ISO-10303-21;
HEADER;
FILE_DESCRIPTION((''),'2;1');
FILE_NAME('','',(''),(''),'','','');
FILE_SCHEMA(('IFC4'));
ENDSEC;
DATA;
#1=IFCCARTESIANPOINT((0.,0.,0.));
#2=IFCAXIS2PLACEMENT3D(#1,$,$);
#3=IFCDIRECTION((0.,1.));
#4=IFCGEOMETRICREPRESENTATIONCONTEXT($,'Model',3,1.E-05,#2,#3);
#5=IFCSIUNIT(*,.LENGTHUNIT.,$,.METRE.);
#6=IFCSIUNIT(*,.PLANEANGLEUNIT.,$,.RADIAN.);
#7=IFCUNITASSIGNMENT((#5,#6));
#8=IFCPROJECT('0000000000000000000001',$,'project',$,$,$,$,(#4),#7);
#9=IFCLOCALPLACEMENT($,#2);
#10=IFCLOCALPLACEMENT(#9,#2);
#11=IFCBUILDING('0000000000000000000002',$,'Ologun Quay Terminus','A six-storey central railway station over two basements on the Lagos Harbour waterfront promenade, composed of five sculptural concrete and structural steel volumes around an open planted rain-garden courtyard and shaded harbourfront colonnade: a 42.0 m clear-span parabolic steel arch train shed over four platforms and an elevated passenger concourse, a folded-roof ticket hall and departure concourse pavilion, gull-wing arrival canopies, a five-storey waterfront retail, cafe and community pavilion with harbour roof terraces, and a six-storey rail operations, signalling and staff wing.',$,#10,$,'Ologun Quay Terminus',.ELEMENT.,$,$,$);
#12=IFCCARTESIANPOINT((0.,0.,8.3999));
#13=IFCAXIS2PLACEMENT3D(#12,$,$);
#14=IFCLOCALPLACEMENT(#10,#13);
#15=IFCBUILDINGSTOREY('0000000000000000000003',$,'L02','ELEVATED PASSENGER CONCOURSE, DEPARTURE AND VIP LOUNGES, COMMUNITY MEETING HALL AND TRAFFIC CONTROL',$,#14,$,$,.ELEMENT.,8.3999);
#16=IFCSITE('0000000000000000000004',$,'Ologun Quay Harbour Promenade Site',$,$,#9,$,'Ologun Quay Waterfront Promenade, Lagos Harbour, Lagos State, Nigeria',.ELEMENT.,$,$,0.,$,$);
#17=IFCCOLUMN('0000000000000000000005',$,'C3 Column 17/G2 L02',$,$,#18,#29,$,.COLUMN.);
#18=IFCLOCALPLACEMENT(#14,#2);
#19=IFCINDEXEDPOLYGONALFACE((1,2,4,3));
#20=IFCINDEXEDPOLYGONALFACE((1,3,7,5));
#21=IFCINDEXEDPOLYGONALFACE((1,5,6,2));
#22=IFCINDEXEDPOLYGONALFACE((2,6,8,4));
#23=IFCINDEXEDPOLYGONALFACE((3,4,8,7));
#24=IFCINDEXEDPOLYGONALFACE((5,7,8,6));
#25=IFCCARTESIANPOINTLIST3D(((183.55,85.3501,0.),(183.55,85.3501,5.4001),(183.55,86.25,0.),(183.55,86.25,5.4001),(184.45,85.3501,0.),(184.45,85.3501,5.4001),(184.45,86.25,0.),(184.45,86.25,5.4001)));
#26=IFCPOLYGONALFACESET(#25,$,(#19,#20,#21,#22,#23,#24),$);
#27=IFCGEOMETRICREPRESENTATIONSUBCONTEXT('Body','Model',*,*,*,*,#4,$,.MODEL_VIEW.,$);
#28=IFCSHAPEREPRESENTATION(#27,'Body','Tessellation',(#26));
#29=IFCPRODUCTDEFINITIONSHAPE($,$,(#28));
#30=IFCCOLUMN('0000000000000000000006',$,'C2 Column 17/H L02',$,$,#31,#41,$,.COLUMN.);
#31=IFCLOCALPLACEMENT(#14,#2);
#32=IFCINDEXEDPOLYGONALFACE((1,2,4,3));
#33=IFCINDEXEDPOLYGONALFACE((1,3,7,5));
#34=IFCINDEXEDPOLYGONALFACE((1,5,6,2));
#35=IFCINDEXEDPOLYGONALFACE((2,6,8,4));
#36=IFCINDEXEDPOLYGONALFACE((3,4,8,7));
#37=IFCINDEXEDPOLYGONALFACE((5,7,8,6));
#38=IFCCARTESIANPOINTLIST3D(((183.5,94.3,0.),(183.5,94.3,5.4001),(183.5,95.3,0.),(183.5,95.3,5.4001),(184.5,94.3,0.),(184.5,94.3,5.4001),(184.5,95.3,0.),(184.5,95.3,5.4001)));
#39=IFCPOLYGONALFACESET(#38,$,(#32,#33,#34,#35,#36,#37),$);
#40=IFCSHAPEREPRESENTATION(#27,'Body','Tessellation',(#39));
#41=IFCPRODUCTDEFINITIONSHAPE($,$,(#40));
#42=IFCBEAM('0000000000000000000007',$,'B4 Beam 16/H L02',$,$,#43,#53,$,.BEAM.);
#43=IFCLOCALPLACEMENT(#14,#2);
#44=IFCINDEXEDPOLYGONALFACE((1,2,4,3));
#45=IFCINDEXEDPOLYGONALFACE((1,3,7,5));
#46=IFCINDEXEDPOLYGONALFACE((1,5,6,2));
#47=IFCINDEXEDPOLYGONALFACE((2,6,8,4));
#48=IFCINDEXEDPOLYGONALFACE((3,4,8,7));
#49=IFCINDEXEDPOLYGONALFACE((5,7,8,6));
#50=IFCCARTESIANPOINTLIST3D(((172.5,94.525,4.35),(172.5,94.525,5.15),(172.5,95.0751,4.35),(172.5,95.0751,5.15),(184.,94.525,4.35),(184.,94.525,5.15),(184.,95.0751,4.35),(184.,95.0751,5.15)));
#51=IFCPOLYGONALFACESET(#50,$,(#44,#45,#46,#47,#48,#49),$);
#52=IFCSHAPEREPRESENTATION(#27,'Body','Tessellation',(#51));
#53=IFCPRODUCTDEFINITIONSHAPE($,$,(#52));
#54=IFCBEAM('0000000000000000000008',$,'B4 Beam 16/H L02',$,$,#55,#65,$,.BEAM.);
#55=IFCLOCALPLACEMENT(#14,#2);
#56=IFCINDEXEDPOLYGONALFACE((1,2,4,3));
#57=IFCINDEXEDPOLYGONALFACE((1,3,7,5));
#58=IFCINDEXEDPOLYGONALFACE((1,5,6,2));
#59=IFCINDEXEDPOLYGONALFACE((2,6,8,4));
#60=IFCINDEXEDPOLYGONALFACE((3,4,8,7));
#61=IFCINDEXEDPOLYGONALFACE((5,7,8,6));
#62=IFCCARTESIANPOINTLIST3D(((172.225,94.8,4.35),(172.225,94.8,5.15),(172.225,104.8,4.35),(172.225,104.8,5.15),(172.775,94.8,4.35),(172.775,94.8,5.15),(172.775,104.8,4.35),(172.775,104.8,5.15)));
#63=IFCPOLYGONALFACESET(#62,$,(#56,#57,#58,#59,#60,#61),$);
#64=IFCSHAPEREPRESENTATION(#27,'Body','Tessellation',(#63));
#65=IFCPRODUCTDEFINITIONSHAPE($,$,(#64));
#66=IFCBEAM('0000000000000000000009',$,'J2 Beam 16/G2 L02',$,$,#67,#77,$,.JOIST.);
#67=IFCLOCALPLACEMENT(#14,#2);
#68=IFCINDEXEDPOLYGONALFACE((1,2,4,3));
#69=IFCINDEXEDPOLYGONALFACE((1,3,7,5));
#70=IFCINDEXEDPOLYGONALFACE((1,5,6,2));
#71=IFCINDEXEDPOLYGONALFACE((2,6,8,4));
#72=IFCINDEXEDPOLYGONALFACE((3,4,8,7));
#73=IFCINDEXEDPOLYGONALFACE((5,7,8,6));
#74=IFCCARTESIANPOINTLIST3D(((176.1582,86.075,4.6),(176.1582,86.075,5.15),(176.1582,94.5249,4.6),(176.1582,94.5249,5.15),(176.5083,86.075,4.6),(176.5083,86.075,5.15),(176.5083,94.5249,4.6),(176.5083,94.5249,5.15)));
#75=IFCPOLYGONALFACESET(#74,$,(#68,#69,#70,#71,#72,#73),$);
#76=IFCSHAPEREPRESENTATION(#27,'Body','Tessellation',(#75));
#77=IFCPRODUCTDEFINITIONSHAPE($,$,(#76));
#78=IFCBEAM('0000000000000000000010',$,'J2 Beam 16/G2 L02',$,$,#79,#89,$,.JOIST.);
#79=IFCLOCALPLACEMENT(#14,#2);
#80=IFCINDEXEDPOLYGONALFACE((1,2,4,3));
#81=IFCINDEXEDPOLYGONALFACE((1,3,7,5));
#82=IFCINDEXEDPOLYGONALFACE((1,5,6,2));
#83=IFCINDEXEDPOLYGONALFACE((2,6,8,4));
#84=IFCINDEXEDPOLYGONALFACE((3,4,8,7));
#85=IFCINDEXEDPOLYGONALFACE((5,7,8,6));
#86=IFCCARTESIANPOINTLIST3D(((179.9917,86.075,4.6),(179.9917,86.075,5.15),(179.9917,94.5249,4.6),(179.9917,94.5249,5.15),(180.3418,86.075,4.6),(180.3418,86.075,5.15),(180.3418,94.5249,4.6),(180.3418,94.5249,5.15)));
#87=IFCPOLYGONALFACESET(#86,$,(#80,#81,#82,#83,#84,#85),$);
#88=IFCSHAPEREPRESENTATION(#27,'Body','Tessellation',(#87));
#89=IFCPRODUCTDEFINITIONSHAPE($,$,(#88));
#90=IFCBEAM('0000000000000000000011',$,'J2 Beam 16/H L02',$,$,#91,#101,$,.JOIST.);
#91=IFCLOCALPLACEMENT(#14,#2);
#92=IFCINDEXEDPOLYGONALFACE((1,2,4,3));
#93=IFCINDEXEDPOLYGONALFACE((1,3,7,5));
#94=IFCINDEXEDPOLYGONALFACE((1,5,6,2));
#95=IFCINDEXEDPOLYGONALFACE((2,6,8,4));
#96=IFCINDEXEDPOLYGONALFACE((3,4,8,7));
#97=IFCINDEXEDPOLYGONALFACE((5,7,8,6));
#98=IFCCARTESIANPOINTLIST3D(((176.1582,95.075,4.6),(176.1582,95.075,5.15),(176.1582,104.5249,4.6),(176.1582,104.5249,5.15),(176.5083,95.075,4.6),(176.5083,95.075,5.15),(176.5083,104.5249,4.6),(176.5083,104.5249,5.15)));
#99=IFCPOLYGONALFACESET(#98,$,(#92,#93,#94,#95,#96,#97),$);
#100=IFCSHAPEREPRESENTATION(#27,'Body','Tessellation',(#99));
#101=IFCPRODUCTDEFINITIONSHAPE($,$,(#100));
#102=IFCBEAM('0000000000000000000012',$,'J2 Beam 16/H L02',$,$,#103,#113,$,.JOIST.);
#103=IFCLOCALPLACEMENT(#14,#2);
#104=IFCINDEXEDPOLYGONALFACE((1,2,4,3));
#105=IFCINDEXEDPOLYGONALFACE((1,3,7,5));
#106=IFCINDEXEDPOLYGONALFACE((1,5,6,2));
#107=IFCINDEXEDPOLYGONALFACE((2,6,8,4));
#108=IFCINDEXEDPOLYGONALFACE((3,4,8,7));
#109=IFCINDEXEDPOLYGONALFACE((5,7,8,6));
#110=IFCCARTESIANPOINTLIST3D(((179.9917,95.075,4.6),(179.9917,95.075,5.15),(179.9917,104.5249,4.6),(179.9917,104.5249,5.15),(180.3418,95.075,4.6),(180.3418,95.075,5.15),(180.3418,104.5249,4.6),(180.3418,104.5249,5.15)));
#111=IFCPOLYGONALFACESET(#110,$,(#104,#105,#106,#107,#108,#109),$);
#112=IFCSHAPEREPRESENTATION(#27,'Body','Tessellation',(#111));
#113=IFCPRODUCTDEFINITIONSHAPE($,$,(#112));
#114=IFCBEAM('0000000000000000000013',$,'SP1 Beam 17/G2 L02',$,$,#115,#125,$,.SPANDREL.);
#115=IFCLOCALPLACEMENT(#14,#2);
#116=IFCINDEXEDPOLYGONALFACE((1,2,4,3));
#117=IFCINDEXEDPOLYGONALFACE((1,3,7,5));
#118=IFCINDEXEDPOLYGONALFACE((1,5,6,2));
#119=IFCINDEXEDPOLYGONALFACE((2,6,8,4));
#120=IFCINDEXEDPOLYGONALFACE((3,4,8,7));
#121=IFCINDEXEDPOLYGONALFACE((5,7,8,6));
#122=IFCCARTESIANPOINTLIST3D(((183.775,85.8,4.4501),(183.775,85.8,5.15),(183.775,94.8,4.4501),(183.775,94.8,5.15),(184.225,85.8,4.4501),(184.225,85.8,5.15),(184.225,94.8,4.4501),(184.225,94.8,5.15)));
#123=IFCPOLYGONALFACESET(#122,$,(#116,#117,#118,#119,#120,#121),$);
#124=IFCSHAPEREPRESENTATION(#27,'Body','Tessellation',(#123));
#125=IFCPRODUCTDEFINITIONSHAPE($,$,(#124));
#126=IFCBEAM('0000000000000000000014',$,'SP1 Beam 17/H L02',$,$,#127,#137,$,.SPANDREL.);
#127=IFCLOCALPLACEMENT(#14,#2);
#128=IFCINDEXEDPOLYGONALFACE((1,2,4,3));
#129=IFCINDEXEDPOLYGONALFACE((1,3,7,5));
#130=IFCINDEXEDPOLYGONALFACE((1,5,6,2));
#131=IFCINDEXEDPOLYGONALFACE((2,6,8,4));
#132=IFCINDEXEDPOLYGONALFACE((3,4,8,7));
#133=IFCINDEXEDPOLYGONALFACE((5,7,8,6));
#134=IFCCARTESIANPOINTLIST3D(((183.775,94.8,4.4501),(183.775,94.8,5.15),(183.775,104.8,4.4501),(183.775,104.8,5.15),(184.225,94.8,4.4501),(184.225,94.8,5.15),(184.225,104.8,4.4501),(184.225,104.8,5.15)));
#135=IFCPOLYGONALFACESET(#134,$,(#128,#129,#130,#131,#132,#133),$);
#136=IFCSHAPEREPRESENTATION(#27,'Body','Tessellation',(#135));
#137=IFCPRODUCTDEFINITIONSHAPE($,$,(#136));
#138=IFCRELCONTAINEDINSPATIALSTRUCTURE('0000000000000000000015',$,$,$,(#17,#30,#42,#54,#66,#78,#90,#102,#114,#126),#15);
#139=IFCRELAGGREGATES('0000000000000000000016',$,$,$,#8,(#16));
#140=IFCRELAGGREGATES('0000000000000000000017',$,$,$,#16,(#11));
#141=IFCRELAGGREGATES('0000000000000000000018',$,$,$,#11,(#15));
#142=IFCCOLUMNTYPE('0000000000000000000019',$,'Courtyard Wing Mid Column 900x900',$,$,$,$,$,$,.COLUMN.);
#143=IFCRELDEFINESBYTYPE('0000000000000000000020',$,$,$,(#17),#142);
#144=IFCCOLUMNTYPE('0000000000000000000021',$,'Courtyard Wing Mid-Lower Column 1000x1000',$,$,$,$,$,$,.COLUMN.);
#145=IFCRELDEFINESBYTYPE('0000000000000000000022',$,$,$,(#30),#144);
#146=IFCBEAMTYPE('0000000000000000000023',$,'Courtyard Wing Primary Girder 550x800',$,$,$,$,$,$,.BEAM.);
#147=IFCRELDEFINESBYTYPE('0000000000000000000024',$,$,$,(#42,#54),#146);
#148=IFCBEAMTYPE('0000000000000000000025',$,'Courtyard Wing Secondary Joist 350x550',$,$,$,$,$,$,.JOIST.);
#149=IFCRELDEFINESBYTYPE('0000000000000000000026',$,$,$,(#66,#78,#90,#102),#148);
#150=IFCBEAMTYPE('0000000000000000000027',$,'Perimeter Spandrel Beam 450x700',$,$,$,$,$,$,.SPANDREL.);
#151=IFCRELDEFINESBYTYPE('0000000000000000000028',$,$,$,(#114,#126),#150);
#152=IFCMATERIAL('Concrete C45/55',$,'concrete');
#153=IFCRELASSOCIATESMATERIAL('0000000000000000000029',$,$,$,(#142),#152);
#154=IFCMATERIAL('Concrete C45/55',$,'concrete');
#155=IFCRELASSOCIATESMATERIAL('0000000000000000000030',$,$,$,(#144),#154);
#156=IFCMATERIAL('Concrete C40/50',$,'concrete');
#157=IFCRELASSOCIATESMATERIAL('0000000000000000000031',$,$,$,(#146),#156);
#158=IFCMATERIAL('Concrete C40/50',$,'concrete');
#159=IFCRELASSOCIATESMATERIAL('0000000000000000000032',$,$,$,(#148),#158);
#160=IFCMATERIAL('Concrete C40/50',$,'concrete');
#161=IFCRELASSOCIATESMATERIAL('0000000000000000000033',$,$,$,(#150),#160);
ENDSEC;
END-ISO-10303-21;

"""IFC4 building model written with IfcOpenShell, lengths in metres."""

from ifc_helpers import new_model, si_unit, direction, frame, origin, origin_2d, place, context, subcontext, project, spatial, rectangle, extrude, material, material_profile, profile_set, type_object, element, save


model = new_model("IFC4")

# Units and contexts
model_context = context("Model", 3, precision=1e-05, world=origin(), true_north=direction((0.0, 1.0)))
body_context = subcontext(model_context, "Body", "Model", "MODEL_VIEW")
ifc_project = project(units=[si_unit("LENGTHUNIT", "METRE"), si_unit("PLANEANGLEUNIT", "RADIAN")], contexts=[model_context])

# Site, building, storey
site_placement = place(None, origin())
site = spatial("IfcSite", under=ifc_project, at=site_placement, Name="Ologun Quay Harbour Promenade Site", LongName="Ologun Quay Waterfront Promenade, Lagos Harbour, Lagos State, Nigeria", CompositionType="ELEMENT", RefElevation=0.0)
building_placement = place(site_placement, origin())
building = spatial("IfcBuilding", under=site, at=building_placement, Name="Ologun Quay Terminus", Description="A six-storey central railway station over two basements on the Lagos Harbour waterfront promenade, composed of five sculptural concrete and structural steel volumes around an open planted rain-garden courtyard and shaded harbourfront colonnade: a 42.0 m clear-span parabolic steel arch train shed over four platforms and an elevated passenger concourse, a folded-roof ticket hall and departure concourse pavilion, gull-wing arrival canopies, a five-storey waterfront retail, cafe and community pavilion with harbour roof terraces, and a six-storey rail operations, signalling and staff wing.", LongName="Ologun Quay Terminus", CompositionType="ELEMENT")
storey_placement = place(building_placement, frame((0.0, 0.0, 8.3999)))
storey = spatial("IfcBuildingStorey", under=building, at=storey_placement, Name="L02", Description="ELEVATED PASSENGER CONCOURSE, DEPARTURE AND VIP LOUNGES, COMMUNITY MEETING HALL AND TRAFFIC CONTROL", CompositionType="ELEMENT", Elevation=8.3999)

# Columns
ifc_material_1 = material(Name="Concrete C45/55", Category="concrete")
ifc_material_profile_1 = material_profile(ifc_material_1, rectangle(XDim=0.8999, YDim=0.8999, at=origin_2d()), Name="RC 900x900")
ifc_profile_set_1 = profile_set([ifc_material_profile_1], Name="Concrete C45/55")
column_type_1 = type_object("IfcColumnType", Name="Courtyard Wing Mid Column 900x900", PredefinedType="COLUMN", material=ifc_profile_set_1)
column_1_placement = place(storey_placement, frame((184.0, 85.8, 0.0), z_axis=(0.0, 0.0, 1.0), x_axis=(1.0, 0.0, 0.0)))
element("IfcColumn", 1, at=column_1_placement, inside=storey, type_object=column_type_1, Name="C3 Column 17/G2 L02", PredefinedType="COLUMN", context=body_context, shape_type="SweptSolid", body=[
    extrude(rectangle(XDim=0.8999, YDim=0.8999, at=origin_2d()), origin(), (0.0, 0.0, 1.0), 5.4001),
])
ifc_material_2 = material(Name="Concrete C45/55", Category="concrete")
ifc_material_profile_2 = material_profile(ifc_material_2, rectangle(XDim=1.0, YDim=1.0, at=origin_2d()), Name="RC 1000x1000")
ifc_profile_set_2 = profile_set([ifc_material_profile_2], Name="Concrete C45/55")
column_type_2 = type_object("IfcColumnType", Name="Courtyard Wing Mid-Lower Column 1000x1000", PredefinedType="COLUMN", material=ifc_profile_set_2)
column_2_placement = place(storey_placement, frame((184.0, 94.8, 0.0), z_axis=(0.0, 0.0, 1.0), x_axis=(1.0, 0.0, 0.0)))
element("IfcColumn", 2, at=column_2_placement, inside=storey, type_object=column_type_2, Name="C2 Column 17/H L02", PredefinedType="COLUMN", context=body_context, shape_type="SweptSolid", body=[
    extrude(rectangle(XDim=1.0, YDim=1.0, at=origin_2d()), origin(), (0.0, 0.0, 1.0), 5.4001),
])

# Beams
ifc_material_3 = material(Name="Concrete C40/50", Category="concrete")
ifc_material_profile_3 = material_profile(ifc_material_3, rectangle(XDim=0.55, YDim=0.8, at=origin_2d()), Name="RC 550x800")
ifc_profile_set_3 = profile_set([ifc_material_profile_3], Name="Concrete C40/50")
beam_type_1 = type_object("IfcBeamType", Name="Courtyard Wing Primary Girder 550x800", PredefinedType="BEAM", material=ifc_profile_set_3)
beam_1_placement = place(storey_placement, frame((172.5, 94.8, 4.75), z_axis=(1.0, 0.0, 0.0), x_axis=(0.0, 1.0, 0.0)))
element("IfcBeam", 3, at=beam_1_placement, inside=storey, type_object=beam_type_1, Name="B4 Beam 16/H L02", PredefinedType="BEAM", context=body_context, shape_type="SweptSolid", body=[
    extrude(rectangle(XDim=0.55, YDim=0.8, at=origin_2d()), origin(), (0.0, 0.0, 1.0), 11.5),
])
beam_2_placement = place(storey_placement, frame((172.5, 94.8, 4.75), z_axis=(0.0, 1.0, 0.0), x_axis=(-1.0, 0.0, 0.0)))
element("IfcBeam", 4, at=beam_2_placement, inside=storey, type_object=beam_type_1, Name="B4 Beam 16/H L02", PredefinedType="BEAM", context=body_context, shape_type="SweptSolid", body=[
    extrude(rectangle(XDim=0.55, YDim=0.8, at=origin_2d()), origin(), (0.0, 0.0, 1.0), 10.0),
])
ifc_material_4 = material(Name="Concrete C40/50", Category="concrete")
ifc_material_profile_4 = material_profile(ifc_material_4, rectangle(XDim=0.3501, YDim=0.55, at=origin_2d()), Name="RC 350x550")
ifc_profile_set_4 = profile_set([ifc_material_profile_4], Name="Concrete C40/50")
beam_type_2 = type_object("IfcBeamType", Name="Courtyard Wing Secondary Joist 350x550", PredefinedType="JOIST", material=ifc_profile_set_4)
for number, where, z_axis, x_axis, name in (
    (5, (176.3333, 86.075, 4.875), (0.0, 1.0, 0.0), (-1.0, 0.0, 0.0), "J2 Beam 16/G2 L02"),
    (6, (180.1667, 86.075, 4.875), (0.0, 1.0, 0.0), (-1.0, 0.0, 0.0), "J2 Beam 16/G2 L02"),
):
    element("IfcBeam", number, at=place(storey_placement, frame(where, z_axis=z_axis, x_axis=x_axis)), inside=storey, type_object=beam_type_2, Name=name, PredefinedType="JOIST", context=body_context, shape_type="SweptSolid", body=[
        extrude(rectangle(XDim=0.3501, YDim=0.55, at=origin_2d()), origin(), (0.0, 0.0, 1.0), 8.45),
    ])
for number, where, z_axis, x_axis, name in (
    (7, (176.3333, 95.075, 4.875), (0.0, 1.0, 0.0), (-1.0, 0.0, 0.0), "J2 Beam 16/H L02"),
    (8, (180.1667, 95.075, 4.875), (0.0, 1.0, 0.0), (-1.0, 0.0, 0.0), "J2 Beam 16/H L02"),
):
    element("IfcBeam", number, at=place(storey_placement, frame(where, z_axis=z_axis, x_axis=x_axis)), inside=storey, type_object=beam_type_2, Name=name, PredefinedType="JOIST", context=body_context, shape_type="SweptSolid", body=[
        extrude(rectangle(XDim=0.3501, YDim=0.55, at=origin_2d()), origin(), (0.0, 0.0, 1.0), 9.45),
    ])
ifc_material_5 = material(Name="Concrete C40/50", Category="concrete")
ifc_material_profile_5 = material_profile(ifc_material_5, rectangle(XDim=0.45, YDim=0.7, at=origin_2d()), Name="RC 450x700")
ifc_profile_set_5 = profile_set([ifc_material_profile_5], Name="Concrete C40/50")
beam_type_3 = type_object("IfcBeamType", Name="Perimeter Spandrel Beam 450x700", PredefinedType="SPANDREL", material=ifc_profile_set_5)
beam_3_placement = place(storey_placement, frame((184.0, 85.8, 4.8), z_axis=(0.0, 1.0, 0.0), x_axis=(-1.0, 0.0, 0.0)))
element("IfcBeam", 9, at=beam_3_placement, inside=storey, type_object=beam_type_3, Name="SP1 Beam 17/G2 L02", PredefinedType="SPANDREL", context=body_context, shape_type="SweptSolid", body=[
    extrude(rectangle(XDim=0.45, YDim=0.7, at=origin_2d()), origin(), (0.0, 0.0, 1.0), 9.0),
])
beam_4_placement = place(storey_placement, frame((184.0, 94.8, 4.8), z_axis=(0.0, 1.0, 0.0), x_axis=(-1.0, 0.0, 0.0)))
element("IfcBeam", 10, at=beam_4_placement, inside=storey, type_object=beam_type_3, Name="SP1 Beam 17/H L02", PredefinedType="SPANDREL", context=body_context, shape_type="SweptSolid", body=[
    extrude(rectangle(XDim=0.45, YDim=0.7, at=origin_2d()), origin(), (0.0, 0.0, 1.0), 10.0),
])

save(model, "model.ifc")
